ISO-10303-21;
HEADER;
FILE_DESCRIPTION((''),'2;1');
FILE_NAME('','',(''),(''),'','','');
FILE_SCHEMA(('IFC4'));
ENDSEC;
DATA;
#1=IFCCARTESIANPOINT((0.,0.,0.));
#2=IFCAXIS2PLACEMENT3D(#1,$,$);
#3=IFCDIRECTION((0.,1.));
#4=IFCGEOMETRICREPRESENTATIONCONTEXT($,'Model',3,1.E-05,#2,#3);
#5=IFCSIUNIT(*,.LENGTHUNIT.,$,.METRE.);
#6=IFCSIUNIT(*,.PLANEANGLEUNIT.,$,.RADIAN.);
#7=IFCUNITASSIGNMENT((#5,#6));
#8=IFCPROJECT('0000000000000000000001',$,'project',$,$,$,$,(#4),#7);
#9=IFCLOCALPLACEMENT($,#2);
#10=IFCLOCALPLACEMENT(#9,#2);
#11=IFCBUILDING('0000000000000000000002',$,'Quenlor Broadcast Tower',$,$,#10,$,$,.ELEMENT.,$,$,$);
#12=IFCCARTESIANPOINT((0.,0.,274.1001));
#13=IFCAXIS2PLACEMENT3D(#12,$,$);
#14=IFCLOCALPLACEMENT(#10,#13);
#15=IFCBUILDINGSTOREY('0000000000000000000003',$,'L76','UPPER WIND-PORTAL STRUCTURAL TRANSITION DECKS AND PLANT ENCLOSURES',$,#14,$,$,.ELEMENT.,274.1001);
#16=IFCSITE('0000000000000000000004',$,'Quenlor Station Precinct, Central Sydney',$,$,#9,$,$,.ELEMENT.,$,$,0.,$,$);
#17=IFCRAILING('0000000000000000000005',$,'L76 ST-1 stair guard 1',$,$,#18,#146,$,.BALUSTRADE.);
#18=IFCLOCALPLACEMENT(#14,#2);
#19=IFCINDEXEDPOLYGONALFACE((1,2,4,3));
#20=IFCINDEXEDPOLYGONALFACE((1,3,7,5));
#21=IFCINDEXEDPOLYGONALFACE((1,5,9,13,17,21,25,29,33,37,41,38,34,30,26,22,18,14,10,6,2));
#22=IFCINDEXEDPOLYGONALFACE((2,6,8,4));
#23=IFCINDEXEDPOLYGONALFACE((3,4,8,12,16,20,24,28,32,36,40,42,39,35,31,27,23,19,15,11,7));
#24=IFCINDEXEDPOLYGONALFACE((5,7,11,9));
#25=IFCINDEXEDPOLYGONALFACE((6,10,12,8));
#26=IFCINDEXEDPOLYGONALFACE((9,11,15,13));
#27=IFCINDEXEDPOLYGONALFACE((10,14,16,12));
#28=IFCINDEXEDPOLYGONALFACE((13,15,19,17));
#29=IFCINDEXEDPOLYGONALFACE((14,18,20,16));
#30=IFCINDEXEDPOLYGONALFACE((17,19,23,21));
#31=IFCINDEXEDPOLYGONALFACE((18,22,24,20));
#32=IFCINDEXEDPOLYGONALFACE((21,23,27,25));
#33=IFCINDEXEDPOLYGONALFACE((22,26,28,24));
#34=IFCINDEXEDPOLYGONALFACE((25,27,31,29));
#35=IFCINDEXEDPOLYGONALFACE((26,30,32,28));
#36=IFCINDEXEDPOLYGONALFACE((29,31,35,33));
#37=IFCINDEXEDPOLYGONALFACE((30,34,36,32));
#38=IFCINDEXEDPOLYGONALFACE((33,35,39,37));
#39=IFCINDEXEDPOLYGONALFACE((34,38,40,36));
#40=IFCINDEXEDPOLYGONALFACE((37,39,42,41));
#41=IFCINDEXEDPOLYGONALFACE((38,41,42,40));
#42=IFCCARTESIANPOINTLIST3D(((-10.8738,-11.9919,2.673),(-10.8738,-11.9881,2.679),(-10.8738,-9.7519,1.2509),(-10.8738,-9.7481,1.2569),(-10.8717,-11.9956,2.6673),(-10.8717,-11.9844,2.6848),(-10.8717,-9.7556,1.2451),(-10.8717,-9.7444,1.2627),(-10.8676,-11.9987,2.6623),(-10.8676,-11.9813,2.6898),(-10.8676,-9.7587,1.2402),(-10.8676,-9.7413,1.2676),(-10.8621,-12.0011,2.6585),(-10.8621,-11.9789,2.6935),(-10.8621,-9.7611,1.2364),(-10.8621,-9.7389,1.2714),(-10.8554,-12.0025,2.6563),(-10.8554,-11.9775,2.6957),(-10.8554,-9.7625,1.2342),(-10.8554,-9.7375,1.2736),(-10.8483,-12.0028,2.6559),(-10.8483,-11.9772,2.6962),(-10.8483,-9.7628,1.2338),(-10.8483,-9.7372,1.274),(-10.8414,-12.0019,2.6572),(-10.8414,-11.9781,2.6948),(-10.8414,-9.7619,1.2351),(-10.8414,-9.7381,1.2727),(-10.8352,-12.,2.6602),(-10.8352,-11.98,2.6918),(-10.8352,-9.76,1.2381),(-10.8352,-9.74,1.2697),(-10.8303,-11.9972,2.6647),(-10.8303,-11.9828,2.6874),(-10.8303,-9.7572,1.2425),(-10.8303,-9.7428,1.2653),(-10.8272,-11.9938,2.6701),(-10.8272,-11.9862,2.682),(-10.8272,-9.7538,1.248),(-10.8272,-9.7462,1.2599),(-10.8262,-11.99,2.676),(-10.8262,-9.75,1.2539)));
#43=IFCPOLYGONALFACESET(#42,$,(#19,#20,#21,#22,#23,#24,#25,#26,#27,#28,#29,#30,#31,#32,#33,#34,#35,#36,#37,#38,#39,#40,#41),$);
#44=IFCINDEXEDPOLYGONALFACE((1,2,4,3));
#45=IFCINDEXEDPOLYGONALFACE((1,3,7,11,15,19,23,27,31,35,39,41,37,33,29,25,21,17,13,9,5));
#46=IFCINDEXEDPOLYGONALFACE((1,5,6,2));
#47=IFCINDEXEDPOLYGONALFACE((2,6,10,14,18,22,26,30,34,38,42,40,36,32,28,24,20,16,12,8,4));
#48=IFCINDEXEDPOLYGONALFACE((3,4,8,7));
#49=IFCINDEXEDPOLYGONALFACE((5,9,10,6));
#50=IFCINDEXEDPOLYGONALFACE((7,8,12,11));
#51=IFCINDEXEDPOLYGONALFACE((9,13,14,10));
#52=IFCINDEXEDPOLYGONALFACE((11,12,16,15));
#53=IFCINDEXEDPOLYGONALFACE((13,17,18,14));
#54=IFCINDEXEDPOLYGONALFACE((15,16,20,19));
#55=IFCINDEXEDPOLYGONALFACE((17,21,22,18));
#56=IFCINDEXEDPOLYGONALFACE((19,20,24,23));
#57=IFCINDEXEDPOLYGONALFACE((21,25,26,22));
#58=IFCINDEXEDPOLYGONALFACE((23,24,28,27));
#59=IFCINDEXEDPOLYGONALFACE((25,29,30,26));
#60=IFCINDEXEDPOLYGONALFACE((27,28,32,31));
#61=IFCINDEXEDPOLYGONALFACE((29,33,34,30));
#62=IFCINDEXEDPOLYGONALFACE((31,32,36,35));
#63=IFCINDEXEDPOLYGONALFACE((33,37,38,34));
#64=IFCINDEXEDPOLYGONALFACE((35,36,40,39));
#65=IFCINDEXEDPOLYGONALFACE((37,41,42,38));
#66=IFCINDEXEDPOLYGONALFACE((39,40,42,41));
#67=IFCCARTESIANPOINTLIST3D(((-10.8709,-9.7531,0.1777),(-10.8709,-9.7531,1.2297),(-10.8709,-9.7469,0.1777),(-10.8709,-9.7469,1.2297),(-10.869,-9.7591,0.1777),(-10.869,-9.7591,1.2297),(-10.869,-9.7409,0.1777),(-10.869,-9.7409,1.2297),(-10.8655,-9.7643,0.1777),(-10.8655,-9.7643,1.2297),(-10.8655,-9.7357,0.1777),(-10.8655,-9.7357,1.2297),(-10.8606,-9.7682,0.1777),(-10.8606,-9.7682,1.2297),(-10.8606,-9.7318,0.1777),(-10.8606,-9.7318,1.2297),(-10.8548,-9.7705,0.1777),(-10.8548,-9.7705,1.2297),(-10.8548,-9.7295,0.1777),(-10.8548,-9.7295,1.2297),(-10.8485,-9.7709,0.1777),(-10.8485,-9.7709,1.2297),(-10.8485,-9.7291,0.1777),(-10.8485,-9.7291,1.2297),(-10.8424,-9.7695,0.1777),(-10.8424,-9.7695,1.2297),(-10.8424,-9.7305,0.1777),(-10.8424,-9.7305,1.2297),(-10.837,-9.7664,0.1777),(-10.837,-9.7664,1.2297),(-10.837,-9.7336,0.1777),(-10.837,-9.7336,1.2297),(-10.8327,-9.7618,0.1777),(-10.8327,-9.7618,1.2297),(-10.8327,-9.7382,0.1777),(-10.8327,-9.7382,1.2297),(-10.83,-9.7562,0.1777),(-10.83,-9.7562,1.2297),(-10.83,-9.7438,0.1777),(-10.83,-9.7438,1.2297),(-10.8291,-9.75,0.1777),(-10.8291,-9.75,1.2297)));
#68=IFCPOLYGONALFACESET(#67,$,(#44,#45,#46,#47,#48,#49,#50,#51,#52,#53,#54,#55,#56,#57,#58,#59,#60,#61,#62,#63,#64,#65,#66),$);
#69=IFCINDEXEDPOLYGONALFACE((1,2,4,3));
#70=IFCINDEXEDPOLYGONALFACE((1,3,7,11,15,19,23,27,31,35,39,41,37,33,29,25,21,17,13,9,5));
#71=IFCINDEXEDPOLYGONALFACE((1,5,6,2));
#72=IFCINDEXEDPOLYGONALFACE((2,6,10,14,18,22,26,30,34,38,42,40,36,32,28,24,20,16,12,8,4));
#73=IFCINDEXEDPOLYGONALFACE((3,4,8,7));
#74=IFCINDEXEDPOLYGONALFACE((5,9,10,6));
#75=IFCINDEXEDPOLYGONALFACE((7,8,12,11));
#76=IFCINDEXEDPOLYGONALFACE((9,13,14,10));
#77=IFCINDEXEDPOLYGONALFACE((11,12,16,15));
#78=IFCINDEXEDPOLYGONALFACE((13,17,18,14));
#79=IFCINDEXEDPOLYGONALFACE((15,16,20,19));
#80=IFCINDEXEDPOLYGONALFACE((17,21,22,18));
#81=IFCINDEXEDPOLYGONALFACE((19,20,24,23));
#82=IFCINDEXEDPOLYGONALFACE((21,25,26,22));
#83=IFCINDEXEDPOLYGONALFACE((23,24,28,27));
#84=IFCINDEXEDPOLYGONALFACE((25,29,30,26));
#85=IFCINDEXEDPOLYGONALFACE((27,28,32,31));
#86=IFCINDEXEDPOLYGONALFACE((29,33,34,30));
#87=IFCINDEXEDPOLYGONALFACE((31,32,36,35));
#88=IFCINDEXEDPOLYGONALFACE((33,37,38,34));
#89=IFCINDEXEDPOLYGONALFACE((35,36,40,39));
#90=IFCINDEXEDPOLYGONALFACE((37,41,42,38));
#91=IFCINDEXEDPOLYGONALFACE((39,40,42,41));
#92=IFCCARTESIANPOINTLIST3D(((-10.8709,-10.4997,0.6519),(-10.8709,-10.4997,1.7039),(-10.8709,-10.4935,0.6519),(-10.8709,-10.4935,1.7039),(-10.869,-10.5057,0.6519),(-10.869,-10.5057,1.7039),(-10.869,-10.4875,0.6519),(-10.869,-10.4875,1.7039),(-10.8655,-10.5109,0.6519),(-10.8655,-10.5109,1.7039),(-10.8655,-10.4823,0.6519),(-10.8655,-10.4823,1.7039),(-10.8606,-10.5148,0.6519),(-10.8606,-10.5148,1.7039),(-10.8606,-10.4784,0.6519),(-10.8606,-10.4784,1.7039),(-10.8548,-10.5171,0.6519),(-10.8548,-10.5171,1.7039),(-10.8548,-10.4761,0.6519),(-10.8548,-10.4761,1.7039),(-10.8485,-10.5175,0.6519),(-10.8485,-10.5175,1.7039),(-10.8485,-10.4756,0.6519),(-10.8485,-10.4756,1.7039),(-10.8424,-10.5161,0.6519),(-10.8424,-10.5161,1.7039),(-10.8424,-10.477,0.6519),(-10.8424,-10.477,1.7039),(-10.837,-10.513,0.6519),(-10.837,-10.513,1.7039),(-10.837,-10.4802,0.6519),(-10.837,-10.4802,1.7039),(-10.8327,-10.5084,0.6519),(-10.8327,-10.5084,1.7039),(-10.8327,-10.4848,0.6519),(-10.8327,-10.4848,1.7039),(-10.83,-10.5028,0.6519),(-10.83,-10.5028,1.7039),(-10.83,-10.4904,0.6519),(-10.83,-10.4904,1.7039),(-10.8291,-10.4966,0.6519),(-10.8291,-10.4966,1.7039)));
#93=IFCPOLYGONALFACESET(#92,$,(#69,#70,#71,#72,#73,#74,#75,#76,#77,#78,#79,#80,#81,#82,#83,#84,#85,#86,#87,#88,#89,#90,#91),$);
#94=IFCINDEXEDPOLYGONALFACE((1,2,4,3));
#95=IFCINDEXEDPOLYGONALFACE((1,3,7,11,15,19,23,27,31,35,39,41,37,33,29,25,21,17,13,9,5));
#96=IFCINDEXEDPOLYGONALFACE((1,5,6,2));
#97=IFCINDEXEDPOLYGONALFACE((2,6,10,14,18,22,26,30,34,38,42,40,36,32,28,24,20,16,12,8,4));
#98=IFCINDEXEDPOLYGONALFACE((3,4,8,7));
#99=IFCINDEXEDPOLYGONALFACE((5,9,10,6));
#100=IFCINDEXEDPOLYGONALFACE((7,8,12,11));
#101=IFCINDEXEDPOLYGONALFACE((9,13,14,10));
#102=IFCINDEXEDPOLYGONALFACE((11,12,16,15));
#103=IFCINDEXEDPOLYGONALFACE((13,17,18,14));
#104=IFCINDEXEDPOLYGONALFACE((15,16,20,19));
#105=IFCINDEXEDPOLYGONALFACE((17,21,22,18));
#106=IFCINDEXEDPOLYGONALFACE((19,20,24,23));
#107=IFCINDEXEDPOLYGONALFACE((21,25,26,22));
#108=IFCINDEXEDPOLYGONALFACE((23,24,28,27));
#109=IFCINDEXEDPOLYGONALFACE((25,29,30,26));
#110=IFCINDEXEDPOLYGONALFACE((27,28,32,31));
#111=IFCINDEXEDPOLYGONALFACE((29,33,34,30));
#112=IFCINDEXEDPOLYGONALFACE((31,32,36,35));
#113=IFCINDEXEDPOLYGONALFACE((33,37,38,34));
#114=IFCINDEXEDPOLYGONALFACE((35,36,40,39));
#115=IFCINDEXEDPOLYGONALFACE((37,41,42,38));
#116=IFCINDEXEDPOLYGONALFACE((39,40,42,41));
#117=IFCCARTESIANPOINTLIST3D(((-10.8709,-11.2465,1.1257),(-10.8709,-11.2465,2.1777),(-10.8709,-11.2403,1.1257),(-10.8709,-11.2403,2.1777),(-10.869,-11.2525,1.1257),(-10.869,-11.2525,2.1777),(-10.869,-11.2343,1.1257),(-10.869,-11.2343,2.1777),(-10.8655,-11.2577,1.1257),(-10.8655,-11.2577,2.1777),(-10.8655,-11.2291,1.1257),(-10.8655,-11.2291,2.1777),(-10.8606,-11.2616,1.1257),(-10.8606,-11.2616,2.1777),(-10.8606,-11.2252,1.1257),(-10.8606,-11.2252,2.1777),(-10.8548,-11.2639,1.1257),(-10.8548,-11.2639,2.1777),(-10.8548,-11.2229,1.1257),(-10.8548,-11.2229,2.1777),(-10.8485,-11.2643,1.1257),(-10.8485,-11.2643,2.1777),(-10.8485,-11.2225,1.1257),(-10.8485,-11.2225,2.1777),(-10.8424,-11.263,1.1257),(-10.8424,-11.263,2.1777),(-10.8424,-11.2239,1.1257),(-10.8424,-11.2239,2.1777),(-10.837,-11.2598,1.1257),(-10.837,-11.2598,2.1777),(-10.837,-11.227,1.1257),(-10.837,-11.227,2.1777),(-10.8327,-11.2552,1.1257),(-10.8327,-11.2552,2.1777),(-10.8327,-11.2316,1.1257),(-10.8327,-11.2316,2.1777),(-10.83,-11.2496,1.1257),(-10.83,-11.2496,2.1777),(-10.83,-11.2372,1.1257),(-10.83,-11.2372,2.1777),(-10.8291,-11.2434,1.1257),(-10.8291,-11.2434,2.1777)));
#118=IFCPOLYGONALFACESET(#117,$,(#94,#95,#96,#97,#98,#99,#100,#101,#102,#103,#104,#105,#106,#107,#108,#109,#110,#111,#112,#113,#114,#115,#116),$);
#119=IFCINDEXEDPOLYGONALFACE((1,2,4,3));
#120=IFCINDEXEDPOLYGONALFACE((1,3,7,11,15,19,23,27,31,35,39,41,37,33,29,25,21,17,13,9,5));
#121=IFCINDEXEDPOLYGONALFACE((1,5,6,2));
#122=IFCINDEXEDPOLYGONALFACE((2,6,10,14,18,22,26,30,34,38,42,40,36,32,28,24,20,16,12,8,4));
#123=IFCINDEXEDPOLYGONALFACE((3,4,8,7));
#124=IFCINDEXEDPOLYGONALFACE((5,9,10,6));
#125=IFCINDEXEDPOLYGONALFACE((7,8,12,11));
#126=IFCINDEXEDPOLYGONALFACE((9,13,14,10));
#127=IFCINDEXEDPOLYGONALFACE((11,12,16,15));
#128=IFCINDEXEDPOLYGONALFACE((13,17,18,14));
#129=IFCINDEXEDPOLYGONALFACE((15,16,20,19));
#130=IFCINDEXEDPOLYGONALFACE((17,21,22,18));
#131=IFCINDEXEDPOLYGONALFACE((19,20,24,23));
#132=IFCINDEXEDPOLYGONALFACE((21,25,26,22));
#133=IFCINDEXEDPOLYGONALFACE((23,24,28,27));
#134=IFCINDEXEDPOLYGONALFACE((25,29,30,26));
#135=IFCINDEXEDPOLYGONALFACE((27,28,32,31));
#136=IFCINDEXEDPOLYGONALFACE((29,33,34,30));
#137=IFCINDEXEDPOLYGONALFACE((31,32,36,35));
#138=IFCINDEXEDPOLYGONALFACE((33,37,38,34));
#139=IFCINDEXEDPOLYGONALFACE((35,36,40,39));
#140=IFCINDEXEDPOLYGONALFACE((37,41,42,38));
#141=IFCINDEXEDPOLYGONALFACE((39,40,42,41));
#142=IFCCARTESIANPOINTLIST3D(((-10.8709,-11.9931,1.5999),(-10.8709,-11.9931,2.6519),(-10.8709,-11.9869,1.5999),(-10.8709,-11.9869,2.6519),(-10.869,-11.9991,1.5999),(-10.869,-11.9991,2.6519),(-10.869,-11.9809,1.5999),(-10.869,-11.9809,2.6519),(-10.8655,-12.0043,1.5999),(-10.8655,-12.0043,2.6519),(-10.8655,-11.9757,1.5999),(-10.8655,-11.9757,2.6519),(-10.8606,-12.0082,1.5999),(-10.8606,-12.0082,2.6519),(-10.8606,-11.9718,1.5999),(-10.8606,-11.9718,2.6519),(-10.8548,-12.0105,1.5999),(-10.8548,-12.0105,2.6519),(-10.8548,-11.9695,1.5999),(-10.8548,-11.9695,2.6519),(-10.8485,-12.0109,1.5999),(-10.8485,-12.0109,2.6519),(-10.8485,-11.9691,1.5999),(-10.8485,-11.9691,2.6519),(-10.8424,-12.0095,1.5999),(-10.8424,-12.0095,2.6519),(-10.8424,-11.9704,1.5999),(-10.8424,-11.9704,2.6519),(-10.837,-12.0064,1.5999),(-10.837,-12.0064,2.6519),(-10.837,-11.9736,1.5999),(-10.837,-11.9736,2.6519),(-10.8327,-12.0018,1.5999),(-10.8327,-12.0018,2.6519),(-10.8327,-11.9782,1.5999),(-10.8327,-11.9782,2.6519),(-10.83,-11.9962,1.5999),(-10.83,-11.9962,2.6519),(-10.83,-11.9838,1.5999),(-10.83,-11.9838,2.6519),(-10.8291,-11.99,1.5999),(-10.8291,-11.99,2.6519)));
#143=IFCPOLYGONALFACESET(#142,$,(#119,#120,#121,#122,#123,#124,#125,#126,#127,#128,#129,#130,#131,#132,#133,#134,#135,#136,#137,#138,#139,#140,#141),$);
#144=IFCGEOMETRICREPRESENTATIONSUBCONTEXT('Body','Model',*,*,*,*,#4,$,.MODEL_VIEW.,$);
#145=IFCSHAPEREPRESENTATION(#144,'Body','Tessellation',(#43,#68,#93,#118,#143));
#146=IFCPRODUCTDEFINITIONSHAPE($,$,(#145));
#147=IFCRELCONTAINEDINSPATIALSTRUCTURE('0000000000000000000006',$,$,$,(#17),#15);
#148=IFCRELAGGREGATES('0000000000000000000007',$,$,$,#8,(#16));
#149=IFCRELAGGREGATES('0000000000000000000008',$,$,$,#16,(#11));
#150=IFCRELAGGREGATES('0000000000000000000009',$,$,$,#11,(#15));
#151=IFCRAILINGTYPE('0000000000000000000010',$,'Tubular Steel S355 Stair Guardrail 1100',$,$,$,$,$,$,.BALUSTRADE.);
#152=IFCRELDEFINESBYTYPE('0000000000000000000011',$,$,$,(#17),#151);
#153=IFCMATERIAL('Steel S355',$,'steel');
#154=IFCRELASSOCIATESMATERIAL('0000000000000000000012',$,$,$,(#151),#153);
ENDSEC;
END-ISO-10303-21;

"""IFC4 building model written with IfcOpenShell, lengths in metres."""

from ifc_helpers import new_model, si_unit, direction, frame, origin, origin_2d, place, context, subcontext, project, spatial, circle, extrude, material, type_object, element, save


model = new_model("IFC4")

# Units and contexts
model_context = context("Model", 3, precision=1e-05, world=origin(), true_north=direction((0.0, 1.0)))
body_context = subcontext(model_context, "Body", "Model", "MODEL_VIEW")
ifc_project = project(units=[si_unit("LENGTHUNIT", "METRE"), si_unit("PLANEANGLEUNIT", "RADIAN")], contexts=[model_context])

# Site, building, storey
site_placement = place(None, origin())
site = spatial("IfcSite", under=ifc_project, at=site_placement, Name="Quenlor Station Precinct, Central Sydney", CompositionType="ELEMENT", RefElevation=0.0)
building_placement = place(site_placement, origin())
building = spatial("IfcBuilding", under=site, at=building_placement, Name="Quenlor Broadcast Tower", CompositionType="ELEMENT")
storey_placement = place(building_placement, frame((0.0, 0.0, 274.1001)))
storey = spatial("IfcBuildingStorey", under=building, at=storey_placement, Name="L76", Description="UPPER WIND-PORTAL STRUCTURAL TRANSITION DECKS AND PLANT ENCLOSURES", CompositionType="ELEMENT", Elevation=274.1001)

# Railing
ifc_material_1 = material(Name="Steel S355", Category="steel")
railing_type_1 = type_object("IfcRailingType", Name="Tubular Steel S355 Stair Guardrail 1100", PredefinedType="BALUSTRADE", material=ifc_material_1)
railing_1_placement = place(storey_placement, frame((-10.8501, -9.75, 0.1777)))
element("IfcRailing", 1, at=railing_1_placement, inside=storey, type_object=railing_type_1, Name="L76 ST-1 stair guard 1", PredefinedType="BALUSTRADE", context=body_context, shape_type="SweptSolid", body=[
    extrude(circle(Radius=0.0239, at=origin_2d()), frame((0.0, 0.0, 1.0762), z_axis=(0.0, -0.844229, 0.535982), x_axis=(1.0, 0.0, 0.0)), (0.0, 0.0, 1.0), 2.6533),
    extrude(circle(Radius=0.021, at=origin_2d()), origin(), (0.0, 0.0, 1.0), 1.052),
    extrude(circle(Radius=0.021, at=origin_2d()), frame((0.0, -0.7466, 0.4741)), (0.0, 0.0, 1.0), 1.052),
    extrude(circle(Radius=0.021, at=origin_2d()), frame((0.0, -1.4934, 0.948)), (0.0, 0.0, 1.0), 1.052),
    extrude(circle(Radius=0.021, at=origin_2d()), frame((0.0, -2.24, 1.4221)), (0.0, 0.0, 1.0), 1.052),
])

save(model, "model.ifc")
